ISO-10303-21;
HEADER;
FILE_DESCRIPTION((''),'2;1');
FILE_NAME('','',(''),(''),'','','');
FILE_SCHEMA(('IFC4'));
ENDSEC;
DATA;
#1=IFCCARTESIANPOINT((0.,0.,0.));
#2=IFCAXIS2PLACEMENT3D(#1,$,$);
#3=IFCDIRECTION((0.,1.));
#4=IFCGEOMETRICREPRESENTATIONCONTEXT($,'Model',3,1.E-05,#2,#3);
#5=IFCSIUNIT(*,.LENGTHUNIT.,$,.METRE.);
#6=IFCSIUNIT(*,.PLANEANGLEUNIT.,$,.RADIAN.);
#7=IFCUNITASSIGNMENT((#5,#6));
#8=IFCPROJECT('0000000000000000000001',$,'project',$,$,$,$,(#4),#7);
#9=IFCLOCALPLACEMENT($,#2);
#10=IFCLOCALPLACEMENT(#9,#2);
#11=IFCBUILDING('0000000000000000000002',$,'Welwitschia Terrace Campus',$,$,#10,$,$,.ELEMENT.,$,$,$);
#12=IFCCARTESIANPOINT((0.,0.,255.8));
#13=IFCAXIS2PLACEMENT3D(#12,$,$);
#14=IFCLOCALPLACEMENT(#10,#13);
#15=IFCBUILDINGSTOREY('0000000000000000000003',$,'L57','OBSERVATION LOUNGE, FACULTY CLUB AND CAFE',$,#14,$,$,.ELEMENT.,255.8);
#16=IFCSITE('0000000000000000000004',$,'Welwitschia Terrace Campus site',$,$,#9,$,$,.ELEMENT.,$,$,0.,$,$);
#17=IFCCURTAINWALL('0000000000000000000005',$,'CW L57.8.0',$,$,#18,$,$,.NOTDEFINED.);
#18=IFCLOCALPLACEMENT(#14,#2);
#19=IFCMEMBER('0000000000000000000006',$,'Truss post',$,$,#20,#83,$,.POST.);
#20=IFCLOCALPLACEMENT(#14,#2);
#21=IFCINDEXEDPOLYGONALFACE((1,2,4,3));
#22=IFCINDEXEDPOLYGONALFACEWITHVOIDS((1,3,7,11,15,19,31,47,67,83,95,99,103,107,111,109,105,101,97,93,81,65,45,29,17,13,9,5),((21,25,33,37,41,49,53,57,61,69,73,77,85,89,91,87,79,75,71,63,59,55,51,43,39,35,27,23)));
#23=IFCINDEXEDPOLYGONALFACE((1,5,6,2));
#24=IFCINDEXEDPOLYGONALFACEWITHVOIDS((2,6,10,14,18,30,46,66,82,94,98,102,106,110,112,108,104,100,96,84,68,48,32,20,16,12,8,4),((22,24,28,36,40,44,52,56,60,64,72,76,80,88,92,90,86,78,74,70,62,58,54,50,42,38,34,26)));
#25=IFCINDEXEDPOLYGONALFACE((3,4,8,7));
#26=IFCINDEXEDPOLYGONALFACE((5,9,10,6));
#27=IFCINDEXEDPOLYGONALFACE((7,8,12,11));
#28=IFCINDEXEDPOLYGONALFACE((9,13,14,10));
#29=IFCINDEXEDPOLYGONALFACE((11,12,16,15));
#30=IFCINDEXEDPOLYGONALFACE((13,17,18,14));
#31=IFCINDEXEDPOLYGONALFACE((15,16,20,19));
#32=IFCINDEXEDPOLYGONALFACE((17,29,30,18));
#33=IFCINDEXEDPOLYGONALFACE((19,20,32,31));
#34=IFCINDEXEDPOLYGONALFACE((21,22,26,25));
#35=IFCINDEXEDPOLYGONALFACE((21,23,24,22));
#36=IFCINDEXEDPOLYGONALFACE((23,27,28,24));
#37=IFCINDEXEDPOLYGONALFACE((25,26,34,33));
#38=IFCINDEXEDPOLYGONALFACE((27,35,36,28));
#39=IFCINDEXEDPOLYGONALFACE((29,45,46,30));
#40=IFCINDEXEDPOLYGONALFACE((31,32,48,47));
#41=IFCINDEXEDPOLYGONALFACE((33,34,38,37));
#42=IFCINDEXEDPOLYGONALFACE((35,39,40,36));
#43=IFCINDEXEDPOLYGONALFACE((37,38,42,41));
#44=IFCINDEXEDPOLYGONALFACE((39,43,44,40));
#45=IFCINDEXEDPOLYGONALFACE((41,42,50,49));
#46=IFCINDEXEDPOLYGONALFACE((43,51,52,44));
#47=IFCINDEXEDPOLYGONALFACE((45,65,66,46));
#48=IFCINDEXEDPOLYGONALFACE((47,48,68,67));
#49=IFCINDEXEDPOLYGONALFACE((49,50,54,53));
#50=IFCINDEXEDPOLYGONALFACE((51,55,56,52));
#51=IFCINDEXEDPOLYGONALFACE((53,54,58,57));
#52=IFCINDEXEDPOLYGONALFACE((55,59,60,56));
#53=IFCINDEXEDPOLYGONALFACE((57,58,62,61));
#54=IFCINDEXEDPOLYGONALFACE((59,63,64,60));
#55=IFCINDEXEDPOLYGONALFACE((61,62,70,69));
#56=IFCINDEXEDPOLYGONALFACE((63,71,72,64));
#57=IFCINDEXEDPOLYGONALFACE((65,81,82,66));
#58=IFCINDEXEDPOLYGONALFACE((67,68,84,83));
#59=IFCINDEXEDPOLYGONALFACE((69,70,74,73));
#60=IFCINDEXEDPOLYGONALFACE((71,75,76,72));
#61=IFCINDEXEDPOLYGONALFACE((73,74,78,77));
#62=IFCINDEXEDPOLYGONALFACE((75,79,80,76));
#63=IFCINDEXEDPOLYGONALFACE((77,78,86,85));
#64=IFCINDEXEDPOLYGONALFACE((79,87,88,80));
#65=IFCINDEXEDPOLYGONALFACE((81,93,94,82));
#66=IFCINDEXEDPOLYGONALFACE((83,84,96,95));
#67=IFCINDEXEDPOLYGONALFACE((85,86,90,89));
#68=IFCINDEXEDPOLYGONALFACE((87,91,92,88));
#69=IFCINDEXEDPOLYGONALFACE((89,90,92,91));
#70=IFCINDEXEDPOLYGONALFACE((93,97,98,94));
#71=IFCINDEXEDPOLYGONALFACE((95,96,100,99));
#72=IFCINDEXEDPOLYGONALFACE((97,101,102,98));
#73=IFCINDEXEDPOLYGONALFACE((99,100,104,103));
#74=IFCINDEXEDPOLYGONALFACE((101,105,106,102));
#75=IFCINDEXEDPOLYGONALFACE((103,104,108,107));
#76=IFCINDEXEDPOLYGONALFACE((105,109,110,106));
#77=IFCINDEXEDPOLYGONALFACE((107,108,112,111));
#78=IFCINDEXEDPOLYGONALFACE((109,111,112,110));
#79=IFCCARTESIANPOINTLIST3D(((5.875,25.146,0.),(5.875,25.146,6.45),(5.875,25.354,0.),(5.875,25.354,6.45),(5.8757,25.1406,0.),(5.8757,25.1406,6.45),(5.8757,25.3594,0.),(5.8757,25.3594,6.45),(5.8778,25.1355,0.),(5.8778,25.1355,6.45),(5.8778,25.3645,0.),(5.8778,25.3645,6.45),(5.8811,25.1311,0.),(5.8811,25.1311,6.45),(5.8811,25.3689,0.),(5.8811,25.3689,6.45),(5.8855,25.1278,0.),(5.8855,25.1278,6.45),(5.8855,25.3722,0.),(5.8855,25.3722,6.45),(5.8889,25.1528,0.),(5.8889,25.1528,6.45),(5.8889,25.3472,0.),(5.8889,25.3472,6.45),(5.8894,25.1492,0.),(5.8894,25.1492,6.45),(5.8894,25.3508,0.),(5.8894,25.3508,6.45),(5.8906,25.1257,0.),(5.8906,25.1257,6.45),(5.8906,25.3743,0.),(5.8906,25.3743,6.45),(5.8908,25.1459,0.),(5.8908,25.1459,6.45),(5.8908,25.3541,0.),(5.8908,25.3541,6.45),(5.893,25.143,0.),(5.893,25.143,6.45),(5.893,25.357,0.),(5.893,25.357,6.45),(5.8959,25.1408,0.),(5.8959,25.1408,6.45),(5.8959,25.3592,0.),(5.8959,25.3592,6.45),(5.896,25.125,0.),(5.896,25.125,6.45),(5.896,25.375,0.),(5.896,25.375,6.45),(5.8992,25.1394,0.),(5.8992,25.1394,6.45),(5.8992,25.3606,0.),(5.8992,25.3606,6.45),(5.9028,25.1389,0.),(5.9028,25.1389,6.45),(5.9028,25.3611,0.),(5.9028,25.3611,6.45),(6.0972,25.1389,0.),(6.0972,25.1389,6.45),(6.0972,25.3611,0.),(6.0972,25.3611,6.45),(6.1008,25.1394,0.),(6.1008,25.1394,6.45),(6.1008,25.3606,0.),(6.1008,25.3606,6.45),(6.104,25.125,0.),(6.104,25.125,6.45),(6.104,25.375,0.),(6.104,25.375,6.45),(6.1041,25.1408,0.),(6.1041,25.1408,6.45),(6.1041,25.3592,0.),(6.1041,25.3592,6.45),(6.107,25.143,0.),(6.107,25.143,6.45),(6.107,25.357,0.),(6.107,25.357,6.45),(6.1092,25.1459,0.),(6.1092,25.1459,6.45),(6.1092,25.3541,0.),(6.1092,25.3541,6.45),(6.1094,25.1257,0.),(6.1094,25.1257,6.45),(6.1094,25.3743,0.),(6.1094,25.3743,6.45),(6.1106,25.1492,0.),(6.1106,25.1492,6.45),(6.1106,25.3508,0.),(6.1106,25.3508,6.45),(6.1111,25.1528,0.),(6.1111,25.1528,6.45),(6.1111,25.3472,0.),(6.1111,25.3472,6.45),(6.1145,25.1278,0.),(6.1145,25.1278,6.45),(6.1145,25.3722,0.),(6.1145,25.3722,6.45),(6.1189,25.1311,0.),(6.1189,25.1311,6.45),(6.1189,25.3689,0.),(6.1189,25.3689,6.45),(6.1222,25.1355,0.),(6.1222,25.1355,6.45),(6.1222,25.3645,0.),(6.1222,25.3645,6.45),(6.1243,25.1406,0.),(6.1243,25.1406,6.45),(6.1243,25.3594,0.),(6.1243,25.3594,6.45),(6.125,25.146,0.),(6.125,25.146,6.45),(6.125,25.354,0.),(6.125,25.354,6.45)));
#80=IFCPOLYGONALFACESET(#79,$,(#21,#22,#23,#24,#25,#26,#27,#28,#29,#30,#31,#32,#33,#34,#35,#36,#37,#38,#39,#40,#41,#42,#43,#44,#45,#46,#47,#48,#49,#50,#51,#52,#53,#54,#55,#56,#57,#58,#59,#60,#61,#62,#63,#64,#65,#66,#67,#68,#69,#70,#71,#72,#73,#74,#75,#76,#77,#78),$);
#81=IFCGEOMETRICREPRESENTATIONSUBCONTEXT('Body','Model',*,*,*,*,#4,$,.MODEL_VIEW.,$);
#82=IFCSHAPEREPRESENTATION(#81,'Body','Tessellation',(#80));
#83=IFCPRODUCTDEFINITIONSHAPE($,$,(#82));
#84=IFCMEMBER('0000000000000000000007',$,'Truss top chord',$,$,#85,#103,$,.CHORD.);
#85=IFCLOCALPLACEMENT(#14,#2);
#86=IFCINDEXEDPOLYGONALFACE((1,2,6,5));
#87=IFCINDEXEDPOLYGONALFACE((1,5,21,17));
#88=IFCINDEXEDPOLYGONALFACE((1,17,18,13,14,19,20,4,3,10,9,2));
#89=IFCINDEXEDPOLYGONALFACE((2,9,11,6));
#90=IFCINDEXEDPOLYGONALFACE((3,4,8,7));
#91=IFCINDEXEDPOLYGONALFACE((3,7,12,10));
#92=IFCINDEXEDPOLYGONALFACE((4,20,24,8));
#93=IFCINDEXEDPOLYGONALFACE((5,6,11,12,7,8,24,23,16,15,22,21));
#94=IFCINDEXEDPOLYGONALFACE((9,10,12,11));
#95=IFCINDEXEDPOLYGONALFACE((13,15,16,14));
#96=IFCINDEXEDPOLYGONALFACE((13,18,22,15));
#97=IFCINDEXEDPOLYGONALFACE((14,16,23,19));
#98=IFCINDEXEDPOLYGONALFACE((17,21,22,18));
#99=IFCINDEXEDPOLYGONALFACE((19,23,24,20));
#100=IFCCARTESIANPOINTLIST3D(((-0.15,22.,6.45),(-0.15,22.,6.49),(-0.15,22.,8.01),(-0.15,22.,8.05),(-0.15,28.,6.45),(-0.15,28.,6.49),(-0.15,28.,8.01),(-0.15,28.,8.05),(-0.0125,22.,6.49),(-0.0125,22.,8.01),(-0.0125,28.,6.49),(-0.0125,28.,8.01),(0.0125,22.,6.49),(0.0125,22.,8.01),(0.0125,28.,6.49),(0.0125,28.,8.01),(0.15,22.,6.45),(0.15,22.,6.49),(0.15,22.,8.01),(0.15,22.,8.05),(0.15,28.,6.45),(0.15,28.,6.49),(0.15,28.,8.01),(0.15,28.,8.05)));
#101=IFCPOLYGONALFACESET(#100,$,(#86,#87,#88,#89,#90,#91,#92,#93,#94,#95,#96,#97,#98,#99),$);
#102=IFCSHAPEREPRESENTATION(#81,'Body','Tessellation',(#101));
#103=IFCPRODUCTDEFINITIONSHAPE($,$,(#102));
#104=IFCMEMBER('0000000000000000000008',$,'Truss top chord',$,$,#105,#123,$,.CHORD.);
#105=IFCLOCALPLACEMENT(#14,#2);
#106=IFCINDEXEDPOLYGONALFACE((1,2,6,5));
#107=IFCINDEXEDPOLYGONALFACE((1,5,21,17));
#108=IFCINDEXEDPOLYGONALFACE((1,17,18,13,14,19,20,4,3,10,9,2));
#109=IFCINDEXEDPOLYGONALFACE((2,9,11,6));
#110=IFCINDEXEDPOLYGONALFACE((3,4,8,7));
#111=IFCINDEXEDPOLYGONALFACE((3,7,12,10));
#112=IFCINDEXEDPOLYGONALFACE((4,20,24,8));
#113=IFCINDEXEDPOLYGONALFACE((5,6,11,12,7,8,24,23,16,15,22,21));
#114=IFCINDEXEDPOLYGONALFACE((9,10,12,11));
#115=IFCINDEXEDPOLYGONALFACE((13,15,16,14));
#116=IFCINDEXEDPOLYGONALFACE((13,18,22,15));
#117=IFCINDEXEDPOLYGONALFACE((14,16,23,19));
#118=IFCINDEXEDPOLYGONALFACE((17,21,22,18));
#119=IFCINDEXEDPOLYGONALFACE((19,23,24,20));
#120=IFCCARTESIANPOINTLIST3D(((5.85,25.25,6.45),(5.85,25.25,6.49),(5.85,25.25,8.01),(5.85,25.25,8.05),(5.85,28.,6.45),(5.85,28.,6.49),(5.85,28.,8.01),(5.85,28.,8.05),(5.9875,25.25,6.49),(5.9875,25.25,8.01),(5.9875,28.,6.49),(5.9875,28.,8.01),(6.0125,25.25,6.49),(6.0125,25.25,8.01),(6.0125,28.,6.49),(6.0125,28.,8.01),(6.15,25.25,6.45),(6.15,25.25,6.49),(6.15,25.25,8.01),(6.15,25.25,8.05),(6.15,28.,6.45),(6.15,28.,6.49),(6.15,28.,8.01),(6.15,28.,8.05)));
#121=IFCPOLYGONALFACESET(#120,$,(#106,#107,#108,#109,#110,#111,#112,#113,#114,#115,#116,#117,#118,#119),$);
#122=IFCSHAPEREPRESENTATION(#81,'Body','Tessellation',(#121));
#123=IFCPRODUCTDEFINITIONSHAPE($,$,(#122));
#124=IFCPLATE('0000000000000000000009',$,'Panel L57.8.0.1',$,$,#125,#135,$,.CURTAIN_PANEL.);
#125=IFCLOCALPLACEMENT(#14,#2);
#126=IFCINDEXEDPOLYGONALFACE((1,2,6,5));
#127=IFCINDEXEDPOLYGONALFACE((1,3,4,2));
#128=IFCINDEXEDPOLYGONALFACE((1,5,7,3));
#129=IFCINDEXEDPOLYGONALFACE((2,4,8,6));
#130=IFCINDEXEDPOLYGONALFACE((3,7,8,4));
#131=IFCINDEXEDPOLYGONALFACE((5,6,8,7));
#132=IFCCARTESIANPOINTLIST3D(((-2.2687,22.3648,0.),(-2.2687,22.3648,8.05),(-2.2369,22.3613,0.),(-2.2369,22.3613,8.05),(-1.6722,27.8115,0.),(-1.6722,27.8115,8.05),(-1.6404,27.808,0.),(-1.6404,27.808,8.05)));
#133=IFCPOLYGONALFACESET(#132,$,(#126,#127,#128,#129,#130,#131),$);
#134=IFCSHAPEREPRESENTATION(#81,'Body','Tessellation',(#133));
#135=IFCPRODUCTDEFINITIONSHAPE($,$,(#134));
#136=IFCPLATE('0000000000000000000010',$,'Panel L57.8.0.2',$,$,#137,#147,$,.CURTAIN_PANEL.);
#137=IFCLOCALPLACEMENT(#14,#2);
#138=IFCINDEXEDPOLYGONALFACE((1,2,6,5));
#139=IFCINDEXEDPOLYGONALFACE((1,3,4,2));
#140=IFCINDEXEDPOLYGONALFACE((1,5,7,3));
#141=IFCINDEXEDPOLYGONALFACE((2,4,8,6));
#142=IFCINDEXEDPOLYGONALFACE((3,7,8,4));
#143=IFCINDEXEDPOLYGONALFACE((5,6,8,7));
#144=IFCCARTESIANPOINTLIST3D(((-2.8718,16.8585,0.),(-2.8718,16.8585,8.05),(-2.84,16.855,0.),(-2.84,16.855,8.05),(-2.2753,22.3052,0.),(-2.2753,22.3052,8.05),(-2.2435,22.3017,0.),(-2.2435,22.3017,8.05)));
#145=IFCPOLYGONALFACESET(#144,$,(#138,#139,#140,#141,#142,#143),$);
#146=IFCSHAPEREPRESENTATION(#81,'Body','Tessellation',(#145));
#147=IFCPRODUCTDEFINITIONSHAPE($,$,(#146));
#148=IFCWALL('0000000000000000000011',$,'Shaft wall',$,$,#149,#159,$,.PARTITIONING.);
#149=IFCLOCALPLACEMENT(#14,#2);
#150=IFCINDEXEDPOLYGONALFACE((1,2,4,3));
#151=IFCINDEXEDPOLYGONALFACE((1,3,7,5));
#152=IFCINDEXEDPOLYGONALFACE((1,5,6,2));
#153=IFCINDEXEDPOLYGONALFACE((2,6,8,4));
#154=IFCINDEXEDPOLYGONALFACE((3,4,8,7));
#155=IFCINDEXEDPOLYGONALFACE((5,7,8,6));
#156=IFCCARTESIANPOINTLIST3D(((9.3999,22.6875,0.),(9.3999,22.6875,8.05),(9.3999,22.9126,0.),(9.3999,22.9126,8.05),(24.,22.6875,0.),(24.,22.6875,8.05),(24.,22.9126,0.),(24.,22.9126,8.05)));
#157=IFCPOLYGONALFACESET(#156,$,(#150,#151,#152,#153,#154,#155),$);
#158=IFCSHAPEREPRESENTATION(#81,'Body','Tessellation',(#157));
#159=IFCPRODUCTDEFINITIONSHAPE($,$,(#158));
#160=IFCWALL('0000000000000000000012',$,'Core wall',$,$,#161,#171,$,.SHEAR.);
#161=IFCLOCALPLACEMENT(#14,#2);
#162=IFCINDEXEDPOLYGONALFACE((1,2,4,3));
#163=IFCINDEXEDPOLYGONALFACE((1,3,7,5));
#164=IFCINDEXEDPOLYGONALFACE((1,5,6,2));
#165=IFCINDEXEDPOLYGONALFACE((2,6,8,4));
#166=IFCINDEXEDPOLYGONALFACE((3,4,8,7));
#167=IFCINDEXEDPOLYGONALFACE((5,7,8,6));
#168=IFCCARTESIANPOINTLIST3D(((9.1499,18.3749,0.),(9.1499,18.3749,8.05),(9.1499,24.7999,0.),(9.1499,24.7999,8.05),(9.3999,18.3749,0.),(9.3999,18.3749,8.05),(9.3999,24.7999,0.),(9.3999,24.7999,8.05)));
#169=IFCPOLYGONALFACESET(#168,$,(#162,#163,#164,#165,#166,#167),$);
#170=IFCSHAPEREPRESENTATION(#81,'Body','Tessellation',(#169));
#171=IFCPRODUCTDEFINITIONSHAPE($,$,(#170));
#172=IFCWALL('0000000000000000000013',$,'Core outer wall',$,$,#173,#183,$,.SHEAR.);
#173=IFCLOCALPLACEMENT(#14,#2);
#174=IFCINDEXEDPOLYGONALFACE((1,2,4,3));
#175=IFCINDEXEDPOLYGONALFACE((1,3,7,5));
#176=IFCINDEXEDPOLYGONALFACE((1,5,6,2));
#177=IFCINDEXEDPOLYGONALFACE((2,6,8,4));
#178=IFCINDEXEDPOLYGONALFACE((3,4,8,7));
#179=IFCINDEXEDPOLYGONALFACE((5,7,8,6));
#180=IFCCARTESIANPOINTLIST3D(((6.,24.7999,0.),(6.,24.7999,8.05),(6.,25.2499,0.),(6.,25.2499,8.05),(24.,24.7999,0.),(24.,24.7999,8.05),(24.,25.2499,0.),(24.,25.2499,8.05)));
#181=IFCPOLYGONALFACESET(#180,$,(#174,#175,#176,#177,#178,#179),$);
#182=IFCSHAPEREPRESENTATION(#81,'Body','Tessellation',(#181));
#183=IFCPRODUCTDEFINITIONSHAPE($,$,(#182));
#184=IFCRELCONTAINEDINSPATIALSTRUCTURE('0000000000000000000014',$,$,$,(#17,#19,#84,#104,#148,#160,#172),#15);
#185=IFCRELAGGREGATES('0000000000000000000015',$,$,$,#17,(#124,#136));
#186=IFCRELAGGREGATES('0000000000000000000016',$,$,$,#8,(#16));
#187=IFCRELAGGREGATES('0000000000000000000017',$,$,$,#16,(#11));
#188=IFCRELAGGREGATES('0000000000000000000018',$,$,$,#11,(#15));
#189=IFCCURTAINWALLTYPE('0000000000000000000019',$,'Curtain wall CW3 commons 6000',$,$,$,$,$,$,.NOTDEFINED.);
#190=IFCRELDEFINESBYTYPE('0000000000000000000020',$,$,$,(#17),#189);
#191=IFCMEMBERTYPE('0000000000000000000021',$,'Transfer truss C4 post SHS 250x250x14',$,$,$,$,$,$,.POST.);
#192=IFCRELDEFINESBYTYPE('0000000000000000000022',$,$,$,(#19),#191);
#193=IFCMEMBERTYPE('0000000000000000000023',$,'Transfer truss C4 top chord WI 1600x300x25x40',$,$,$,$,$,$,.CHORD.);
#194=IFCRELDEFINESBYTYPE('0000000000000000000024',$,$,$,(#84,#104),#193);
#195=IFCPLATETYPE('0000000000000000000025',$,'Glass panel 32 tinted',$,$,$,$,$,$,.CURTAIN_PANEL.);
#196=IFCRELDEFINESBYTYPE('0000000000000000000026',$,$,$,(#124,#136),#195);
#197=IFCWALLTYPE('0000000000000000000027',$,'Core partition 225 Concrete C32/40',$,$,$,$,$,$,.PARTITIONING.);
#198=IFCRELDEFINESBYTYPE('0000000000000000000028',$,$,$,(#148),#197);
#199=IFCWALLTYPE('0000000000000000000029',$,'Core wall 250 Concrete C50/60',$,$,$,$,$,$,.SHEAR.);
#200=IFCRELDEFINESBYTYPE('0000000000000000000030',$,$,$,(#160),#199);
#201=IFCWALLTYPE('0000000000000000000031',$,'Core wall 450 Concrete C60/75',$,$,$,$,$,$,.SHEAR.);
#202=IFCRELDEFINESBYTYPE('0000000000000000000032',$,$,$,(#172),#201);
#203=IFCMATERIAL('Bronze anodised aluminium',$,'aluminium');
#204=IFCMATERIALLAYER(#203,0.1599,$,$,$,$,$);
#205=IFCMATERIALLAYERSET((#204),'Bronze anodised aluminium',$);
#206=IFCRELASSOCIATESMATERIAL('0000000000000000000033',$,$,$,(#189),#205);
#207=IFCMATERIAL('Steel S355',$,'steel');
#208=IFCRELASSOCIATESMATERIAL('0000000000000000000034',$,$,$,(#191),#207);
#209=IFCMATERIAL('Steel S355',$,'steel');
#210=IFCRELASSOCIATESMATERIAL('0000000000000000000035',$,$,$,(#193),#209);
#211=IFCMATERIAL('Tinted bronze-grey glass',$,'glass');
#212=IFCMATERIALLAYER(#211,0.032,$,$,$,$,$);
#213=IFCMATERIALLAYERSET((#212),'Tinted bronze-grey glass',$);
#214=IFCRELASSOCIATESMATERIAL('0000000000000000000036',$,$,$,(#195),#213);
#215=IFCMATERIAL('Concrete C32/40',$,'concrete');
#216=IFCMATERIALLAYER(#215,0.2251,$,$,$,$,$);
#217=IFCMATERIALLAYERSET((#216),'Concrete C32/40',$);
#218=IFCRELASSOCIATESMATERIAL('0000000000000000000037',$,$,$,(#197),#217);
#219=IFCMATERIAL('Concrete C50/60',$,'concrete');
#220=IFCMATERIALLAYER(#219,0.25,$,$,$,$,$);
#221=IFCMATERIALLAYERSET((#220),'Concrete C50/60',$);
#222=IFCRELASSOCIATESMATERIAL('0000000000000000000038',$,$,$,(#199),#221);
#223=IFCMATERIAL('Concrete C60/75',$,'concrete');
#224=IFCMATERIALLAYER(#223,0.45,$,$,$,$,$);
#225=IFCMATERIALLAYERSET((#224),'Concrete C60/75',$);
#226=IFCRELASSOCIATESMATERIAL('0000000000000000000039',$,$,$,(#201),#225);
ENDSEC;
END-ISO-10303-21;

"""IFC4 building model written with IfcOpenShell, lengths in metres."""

from ifc_helpers import new_model, si_unit, direction, frame, frame_2d, origin, origin_2d, place, context, subcontext, project, spatial, rectangle, hollow_rectangle, i_section, extrude, material, layer, layer_set, material_profile, profile_set, type_object, element, aggregate, save


model = new_model("IFC4")

# Units and contexts
model_context = context("Model", 3, precision=1e-05, world=origin(), true_north=direction((0.0, 1.0)))
body_context = subcontext(model_context, "Body", "Model", "MODEL_VIEW")
ifc_project = project(units=[si_unit("LENGTHUNIT", "METRE"), si_unit("PLANEANGLEUNIT", "RADIAN")], contexts=[model_context])

# Site, building, storey
site_placement = place(None, origin())
site = spatial("IfcSite", under=ifc_project, at=site_placement, Name="Welwitschia Terrace Campus site", CompositionType="ELEMENT", RefElevation=0.0)
building_placement = place(site_placement, origin())
building = spatial("IfcBuilding", under=site, at=building_placement, Name="Welwitschia Terrace Campus", CompositionType="ELEMENT")
storey_placement = place(building_placement, frame((0.0, 0.0, 255.8)))
storey = spatial("IfcBuildingStorey", under=building, at=storey_placement, Name="L57", Description="OBSERVATION LOUNGE, FACULTY CLUB AND CAFE", CompositionType="ELEMENT", Elevation=255.8)

# Curtain wall
ifc_material_1 = material(Name="Bronze anodised aluminium", Category="aluminium")
ifc_layer_1 = layer(ifc_material_1, 0.1599)
ifc_layer_set_1 = layer_set([ifc_layer_1], Name="Bronze anodised aluminium")
curtain_wall_type = type_object("IfcCurtainWallType", Name="Curtain wall CW3 commons 6000", PredefinedType="NOTDEFINED", material=ifc_layer_set_1)
curtain_wall_placement = place(storey_placement, origin())
curtain_wall = element("IfcCurtainWall", 1, at=curtain_wall_placement, inside=storey, type_object=curtain_wall_type, Name="CW L57.8.0", PredefinedType="NOTDEFINED")

# Members
ifc_material_2 = material(Name="Steel S355", Category="steel")
ifc_material_profile_1 = material_profile(ifc_material_2, hollow_rectangle(XDim=0.25, YDim=0.25, WallThickness=0.0139, InnerFilletRadius=0.0139, OuterFilletRadius=0.021, at=origin_2d()))
ifc_profile_set_1 = profile_set([ifc_material_profile_1], Name="Steel S355")
member_type_1 = type_object("IfcMemberType", Name="Transfer truss C4 post SHS 250x250x14", PredefinedType="POST", material=ifc_profile_set_1)
for number, where, z_axis, x_axis, name in (
    (2, (6.0, 25.25, 0.0), (0.0, 0.0, 1.0), (1.0, 0.0, 0.0), "Truss post"),
):
    element("IfcMember", number, at=place(storey_placement, frame(where, z_axis=z_axis, x_axis=x_axis)), inside=storey, type_object=member_type_1, Name=name, PredefinedType="POST", context=body_context, shape_type="SweptSolid", body=[
        extrude(hollow_rectangle(XDim=0.25, YDim=0.25, WallThickness=0.0139, InnerFilletRadius=0.0139, OuterFilletRadius=0.021, at=origin_2d()), origin(), (0.0, 0.0, 1.0), 6.45),
    ])
ifc_material_3 = material(Name="Steel S355", Category="steel")
ifc_material_profile_2 = material_profile(ifc_material_3, i_section(OverallWidth=0.3, OverallDepth=1.6001, WebThickness=0.0249, FlangeThickness=0.04, at=origin_2d()))
ifc_profile_set_2 = profile_set([ifc_material_profile_2], Name="Steel S355")
member_type_2 = type_object("IfcMemberType", Name="Transfer truss C4 top chord WI 1600x300x25x40", PredefinedType="CHORD", material=ifc_profile_set_2)
member_1_placement = place(storey_placement, frame((0.0, 22.0, 7.25), z_axis=(0.0, 1.0, 0.0), x_axis=(-1.0, 0.0, 0.0)))
element("IfcMember", 3, at=member_1_placement, inside=storey, type_object=member_type_2, Name="Truss top chord", PredefinedType="CHORD", context=body_context, shape_type="SweptSolid", body=[
    extrude(i_section(OverallWidth=0.3, OverallDepth=1.6001, WebThickness=0.0249, FlangeThickness=0.04, at=origin_2d()), origin(), (0.0, 0.0, 1.0), 6.0),
])
member_2_placement = place(storey_placement, frame((6.0, 25.25, 7.25), z_axis=(0.0, 1.0, 0.0), x_axis=(-1.0, 0.0, 0.0)))
element("IfcMember", 4, at=member_2_placement, inside=storey, type_object=member_type_2, Name="Truss top chord", PredefinedType="CHORD", context=body_context, shape_type="SweptSolid", body=[
    extrude(i_section(OverallWidth=0.3, OverallDepth=1.6001, WebThickness=0.0249, FlangeThickness=0.04, at=origin_2d()), origin(), (0.0, 0.0, 1.0), 2.75),
])

# Plates
ifc_material_4 = material(Name="Tinted bronze-grey glass", Category="glass")
ifc_layer_2 = layer(ifc_material_4, 0.032)
ifc_layer_set_2 = layer_set([ifc_layer_2], Name="Tinted bronze-grey glass")
plate_type = type_object("IfcPlateType", Name="Glass panel 32 tinted", PredefinedType="CURTAIN_PANEL", material=ifc_layer_set_2)
plate_1_placement = place(storey_placement, frame((-1.9546, 25.0864, 0.0), z_axis=(0.0, 0.0, 1.0), x_axis=(-0.108867, -0.994056, 0.0)))
plate_1 = element("IfcPlate", 5, at=plate_1_placement, type_object=plate_type, Name="Panel L57.8.0.1", PredefinedType="CURTAIN_PANEL", context=body_context, shape_type="SweptSolid", body=[
    extrude(rectangle(XDim=5.4792, YDim=0.032, at=origin_2d()), origin(), (0.0, 0.0, 1.0), 8.05),
])
plate_2_placement = place(storey_placement, frame((-2.5576, 19.5801, 0.0), z_axis=(0.0, 0.0, 1.0), x_axis=(-0.108867, -0.994056, 0.0)))
plate_2 = element("IfcPlate", 6, at=plate_2_placement, type_object=plate_type, Name="Panel L57.8.0.2", PredefinedType="CURTAIN_PANEL", context=body_context, shape_type="SweptSolid", body=[
    extrude(rectangle(XDim=5.4792, YDim=0.032, at=origin_2d()), origin(), (0.0, 0.0, 1.0), 8.05),
])
aggregate(curtain_wall, [plate_1, plate_2])

# Walls
ifc_material_5 = material(Name="Concrete C32/40", Category="concrete")
ifc_layer_3 = layer(ifc_material_5, 0.2251)
ifc_layer_set_3 = layer_set([ifc_layer_3], Name="Concrete C32/40")
wall_type_1 = type_object("IfcWallType", Name="Core partition 225 Concrete C32/40", PredefinedType="PARTITIONING", material=ifc_layer_set_3)
wall_1_placement = place(storey_placement, frame((9.3999, 22.8, 0.0), z_axis=(0.0, 0.0, 1.0), x_axis=(1.0, 0.0, 0.0)))
element("IfcWall", 7, at=wall_1_placement, inside=storey, type_object=wall_type_1, Name="Shaft wall", PredefinedType="PARTITIONING", context=body_context, shape_type="SweptSolid", body=[
    extrude(rectangle(XDim=14.6001, YDim=0.2251, at=frame_2d((7.3, 0.0))), origin(), (0.0, 0.0, 1.0), 8.05),
])
ifc_material_6 = material(Name="Concrete C50/60", Category="concrete")
ifc_layer_4 = layer(ifc_material_6, 0.25)
ifc_layer_set_4 = layer_set([ifc_layer_4], Name="Concrete C50/60")
wall_type_2 = type_object("IfcWallType", Name="Core wall 250 Concrete C50/60", PredefinedType="SHEAR", material=ifc_layer_set_4)
wall_2_placement = place(storey_placement, frame((9.2749, 18.375, 0.0), z_axis=(0.0, 0.0, 1.0), x_axis=(0.0, 1.0, 0.0)))
element("IfcWall", 8, at=wall_2_placement, inside=storey, type_object=wall_type_2, Name="Core wall", PredefinedType="SHEAR", context=body_context, shape_type="SweptSolid", body=[
    extrude(rectangle(XDim=6.425, YDim=0.25, at=frame_2d((3.2124, 0.0))), origin(), (0.0, 0.0, 1.0), 8.05),
])
ifc_material_7 = material(Name="Concrete C60/75", Category="concrete")
ifc_layer_5 = layer(ifc_material_7, 0.45)
ifc_layer_set_5 = layer_set([ifc_layer_5], Name="Concrete C60/75")
wall_type_3 = type_object("IfcWallType", Name="Core wall 450 Concrete C60/75", PredefinedType="SHEAR", material=ifc_layer_set_5)
wall_3_placement = place(storey_placement, frame((6.0, 25.0249, 0.0), z_axis=(0.0, 0.0, 1.0), x_axis=(1.0, 0.0, 0.0)))
element("IfcWall", 9, at=wall_3_placement, inside=storey, type_object=wall_type_3, Name="Core outer wall", PredefinedType="SHEAR", context=body_context, shape_type="SweptSolid", body=[
    extrude(rectangle(XDim=18.0, YDim=0.45, at=frame_2d((9.0, 0.0))), origin(), (0.0, 0.0, 1.0), 8.05),
])

save(model, "model.ifc")
